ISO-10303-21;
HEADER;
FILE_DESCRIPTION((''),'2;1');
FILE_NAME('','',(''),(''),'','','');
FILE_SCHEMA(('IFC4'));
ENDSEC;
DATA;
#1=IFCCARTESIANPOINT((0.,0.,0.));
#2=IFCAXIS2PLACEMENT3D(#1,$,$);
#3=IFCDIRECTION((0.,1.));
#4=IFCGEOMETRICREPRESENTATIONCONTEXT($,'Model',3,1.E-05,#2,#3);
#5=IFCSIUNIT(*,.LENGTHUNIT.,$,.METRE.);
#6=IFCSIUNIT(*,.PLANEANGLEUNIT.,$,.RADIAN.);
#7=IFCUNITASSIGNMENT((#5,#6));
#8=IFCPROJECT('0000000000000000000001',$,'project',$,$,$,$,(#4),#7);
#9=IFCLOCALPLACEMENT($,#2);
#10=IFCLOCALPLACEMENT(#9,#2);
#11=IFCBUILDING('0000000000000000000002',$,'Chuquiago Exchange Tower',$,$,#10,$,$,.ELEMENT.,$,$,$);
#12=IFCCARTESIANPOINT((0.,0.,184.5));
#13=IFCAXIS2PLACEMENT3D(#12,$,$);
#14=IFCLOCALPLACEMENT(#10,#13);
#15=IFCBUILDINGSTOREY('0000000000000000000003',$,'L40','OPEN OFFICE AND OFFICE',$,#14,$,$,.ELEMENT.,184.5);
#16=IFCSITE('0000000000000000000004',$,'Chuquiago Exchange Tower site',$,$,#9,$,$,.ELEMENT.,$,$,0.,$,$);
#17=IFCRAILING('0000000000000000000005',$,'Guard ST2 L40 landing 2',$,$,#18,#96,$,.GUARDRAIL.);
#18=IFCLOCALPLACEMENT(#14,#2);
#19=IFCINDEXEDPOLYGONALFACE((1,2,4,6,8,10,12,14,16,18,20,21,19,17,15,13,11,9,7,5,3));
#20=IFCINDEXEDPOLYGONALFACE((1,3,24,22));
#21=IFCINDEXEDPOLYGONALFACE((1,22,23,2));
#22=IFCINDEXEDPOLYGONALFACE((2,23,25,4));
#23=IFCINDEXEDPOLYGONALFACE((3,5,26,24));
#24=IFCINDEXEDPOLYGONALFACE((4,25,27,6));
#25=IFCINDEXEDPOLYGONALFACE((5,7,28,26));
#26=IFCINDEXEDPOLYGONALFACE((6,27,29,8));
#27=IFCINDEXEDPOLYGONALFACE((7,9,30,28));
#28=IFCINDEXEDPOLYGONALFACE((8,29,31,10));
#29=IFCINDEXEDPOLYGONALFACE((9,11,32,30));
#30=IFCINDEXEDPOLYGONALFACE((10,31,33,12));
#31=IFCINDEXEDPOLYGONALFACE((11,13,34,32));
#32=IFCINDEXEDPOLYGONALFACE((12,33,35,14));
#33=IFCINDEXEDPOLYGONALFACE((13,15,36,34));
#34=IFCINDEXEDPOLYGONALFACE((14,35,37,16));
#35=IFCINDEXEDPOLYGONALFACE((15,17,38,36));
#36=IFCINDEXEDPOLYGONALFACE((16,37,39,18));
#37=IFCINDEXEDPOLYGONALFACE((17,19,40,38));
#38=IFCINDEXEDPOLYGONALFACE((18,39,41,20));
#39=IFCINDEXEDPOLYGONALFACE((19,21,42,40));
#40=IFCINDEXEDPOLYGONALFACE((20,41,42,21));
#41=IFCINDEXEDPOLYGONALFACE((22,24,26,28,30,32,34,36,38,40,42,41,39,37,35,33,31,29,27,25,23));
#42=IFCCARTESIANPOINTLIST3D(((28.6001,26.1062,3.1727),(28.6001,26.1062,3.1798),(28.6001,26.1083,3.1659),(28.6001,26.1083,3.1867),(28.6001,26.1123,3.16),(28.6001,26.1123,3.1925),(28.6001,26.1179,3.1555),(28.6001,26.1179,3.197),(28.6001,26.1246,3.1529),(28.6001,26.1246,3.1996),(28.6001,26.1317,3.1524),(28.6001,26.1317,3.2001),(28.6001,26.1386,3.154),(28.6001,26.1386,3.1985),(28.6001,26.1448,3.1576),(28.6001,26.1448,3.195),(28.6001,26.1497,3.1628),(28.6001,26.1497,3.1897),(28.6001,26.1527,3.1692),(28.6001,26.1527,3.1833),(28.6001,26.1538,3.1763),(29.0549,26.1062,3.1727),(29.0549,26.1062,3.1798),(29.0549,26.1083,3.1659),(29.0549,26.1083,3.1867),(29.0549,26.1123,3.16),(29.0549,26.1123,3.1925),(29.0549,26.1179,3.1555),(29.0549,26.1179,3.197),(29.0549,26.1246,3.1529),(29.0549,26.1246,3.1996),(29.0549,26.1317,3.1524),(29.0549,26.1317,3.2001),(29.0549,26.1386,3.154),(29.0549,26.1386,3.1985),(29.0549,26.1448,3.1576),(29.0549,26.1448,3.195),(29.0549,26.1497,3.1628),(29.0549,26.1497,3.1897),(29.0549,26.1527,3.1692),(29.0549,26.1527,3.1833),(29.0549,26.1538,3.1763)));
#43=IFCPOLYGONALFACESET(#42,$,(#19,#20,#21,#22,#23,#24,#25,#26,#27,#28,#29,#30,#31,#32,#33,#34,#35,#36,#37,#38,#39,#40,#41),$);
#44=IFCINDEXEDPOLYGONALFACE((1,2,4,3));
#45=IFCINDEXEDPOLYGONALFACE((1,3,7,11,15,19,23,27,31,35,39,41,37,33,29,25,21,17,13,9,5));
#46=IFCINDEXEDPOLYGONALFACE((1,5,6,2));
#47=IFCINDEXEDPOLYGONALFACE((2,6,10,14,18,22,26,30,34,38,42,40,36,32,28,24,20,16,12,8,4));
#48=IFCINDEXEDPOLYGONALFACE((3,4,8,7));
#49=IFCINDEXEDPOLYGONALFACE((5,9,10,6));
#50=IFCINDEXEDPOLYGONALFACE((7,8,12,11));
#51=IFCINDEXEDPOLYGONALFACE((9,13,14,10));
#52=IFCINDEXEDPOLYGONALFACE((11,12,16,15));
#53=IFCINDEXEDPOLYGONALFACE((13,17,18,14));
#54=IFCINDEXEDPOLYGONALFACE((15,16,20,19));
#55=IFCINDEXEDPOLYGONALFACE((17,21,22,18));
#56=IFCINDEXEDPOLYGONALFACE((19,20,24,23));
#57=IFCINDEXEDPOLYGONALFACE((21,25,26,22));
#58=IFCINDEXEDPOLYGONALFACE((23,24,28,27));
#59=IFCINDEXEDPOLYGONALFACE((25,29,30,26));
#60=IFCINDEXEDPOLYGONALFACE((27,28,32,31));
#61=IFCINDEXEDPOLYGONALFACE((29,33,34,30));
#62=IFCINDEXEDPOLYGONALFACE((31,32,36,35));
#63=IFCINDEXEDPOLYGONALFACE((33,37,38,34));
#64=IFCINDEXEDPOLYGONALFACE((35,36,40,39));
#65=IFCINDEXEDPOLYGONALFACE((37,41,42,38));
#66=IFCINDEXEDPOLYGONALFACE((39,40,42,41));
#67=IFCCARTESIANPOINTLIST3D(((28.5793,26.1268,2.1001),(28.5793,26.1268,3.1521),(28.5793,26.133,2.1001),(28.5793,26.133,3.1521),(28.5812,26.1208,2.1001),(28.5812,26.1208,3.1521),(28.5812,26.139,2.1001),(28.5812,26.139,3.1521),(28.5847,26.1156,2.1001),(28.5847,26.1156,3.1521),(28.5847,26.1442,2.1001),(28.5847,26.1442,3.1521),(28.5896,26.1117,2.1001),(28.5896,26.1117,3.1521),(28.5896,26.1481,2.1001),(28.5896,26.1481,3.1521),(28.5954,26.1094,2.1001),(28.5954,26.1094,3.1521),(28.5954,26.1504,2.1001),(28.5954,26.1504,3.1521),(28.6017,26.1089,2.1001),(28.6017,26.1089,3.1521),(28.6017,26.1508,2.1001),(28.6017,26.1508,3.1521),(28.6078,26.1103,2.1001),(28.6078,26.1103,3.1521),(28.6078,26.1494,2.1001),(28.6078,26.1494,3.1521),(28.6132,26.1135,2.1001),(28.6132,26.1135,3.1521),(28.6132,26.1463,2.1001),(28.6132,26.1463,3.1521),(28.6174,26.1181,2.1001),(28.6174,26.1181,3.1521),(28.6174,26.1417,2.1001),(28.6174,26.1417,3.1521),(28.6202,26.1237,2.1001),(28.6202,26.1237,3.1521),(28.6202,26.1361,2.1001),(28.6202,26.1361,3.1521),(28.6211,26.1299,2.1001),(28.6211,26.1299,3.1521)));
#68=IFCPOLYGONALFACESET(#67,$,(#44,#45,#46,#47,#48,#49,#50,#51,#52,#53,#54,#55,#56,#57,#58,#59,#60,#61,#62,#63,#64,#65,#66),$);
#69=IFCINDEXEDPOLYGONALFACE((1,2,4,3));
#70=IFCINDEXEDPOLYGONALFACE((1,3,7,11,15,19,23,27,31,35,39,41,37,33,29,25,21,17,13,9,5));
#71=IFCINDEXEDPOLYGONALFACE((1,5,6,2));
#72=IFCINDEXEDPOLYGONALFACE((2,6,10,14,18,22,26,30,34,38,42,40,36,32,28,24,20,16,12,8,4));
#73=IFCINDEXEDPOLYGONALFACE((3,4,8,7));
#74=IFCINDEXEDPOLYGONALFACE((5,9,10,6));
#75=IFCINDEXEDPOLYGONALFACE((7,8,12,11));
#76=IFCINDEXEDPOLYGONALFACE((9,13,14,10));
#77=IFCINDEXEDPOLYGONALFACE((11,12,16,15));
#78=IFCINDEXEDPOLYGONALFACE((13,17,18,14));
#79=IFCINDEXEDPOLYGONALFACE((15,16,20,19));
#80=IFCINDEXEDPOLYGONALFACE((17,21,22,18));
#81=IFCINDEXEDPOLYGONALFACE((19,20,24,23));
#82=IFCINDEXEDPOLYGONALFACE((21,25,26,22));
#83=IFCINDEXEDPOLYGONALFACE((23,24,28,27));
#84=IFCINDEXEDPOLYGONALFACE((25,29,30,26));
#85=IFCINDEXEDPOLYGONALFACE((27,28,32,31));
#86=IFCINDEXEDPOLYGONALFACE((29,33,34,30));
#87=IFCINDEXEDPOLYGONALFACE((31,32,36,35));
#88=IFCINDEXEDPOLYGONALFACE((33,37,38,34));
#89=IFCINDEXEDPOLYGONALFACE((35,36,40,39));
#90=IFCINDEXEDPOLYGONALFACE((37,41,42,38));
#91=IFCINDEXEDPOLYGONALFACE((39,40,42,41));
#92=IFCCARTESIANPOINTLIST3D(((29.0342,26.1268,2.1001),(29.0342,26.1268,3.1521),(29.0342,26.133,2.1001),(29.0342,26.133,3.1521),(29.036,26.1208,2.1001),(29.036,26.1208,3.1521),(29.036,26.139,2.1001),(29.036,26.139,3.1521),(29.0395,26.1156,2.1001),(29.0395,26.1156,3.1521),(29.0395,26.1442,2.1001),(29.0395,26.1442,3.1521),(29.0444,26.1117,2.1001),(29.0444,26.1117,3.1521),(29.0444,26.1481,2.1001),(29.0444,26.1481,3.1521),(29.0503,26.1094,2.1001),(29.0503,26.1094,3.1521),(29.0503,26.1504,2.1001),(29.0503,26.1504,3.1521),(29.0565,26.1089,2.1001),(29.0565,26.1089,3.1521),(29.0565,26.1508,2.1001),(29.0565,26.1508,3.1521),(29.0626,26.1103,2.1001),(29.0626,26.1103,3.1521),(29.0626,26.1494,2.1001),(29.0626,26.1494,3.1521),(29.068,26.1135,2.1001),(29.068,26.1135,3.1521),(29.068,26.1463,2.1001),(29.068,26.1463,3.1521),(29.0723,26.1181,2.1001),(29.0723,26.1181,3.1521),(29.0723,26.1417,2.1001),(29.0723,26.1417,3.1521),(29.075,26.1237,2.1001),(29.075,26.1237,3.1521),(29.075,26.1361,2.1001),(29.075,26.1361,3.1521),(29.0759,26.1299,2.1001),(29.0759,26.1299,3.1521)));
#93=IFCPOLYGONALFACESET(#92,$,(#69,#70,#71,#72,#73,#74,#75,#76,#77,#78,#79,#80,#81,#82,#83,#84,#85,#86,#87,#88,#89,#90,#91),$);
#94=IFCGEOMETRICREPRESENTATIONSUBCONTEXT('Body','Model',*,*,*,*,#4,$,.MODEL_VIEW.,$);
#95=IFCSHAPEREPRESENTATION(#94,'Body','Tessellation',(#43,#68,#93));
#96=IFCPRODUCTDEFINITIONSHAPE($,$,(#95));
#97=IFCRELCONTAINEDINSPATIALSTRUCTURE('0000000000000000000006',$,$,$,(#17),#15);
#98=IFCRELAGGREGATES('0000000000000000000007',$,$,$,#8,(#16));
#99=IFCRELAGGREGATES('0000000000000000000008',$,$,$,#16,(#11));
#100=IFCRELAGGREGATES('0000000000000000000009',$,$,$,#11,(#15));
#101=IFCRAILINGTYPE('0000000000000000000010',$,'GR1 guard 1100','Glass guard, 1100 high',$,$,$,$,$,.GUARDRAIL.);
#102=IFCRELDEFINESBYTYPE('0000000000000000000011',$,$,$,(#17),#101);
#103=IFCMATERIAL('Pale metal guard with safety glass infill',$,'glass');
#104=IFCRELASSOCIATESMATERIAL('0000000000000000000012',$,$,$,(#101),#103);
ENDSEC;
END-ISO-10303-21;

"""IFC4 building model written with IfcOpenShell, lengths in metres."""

from ifc_helpers import new_model, si_unit, direction, frame, origin, origin_2d, place, context, subcontext, project, spatial, circle, extrude, material, type_object, element, save


model = new_model("IFC4")

# Units and contexts
model_context = context("Model", 3, precision=1e-05, world=origin(), true_north=direction((0.0, 1.0)))
body_context = subcontext(model_context, "Body", "Model", "MODEL_VIEW")
ifc_project = project(units=[si_unit("LENGTHUNIT", "METRE"), si_unit("PLANEANGLEUNIT", "RADIAN")], contexts=[model_context])

# Site, building, storey
site_placement = place(None, origin())
site = spatial("IfcSite", under=ifc_project, at=site_placement, Name="Chuquiago Exchange Tower site", CompositionType="ELEMENT", RefElevation=0.0)
building_placement = place(site_placement, origin())
building = spatial("IfcBuilding", under=site, at=building_placement, Name="Chuquiago Exchange Tower", CompositionType="ELEMENT")
storey_placement = place(building_placement, frame((0.0, 0.0, 184.5)))
storey = spatial("IfcBuildingStorey", under=building, at=storey_placement, Name="L40", Description="OPEN OFFICE AND OFFICE", CompositionType="ELEMENT", Elevation=184.5)

# Railing
ifc_material_1 = material(Name="Pale metal guard with safety glass infill", Category="glass")
railing_type_1 = type_object("IfcRailingType", Name="GR1 guard 1100", Description="Glass guard, 1100 high", PredefinedType="GUARDRAIL", material=ifc_material_1)
railing_1_placement = place(storey_placement, frame((28.6001, 26.1299, 2.1001)))
element("IfcRailing", 1, at=railing_1_placement, inside=storey, type_object=railing_type_1, Name="Guard ST2 L40 landing 2", PredefinedType="GUARDRAIL", context=body_context, shape_type="SweptSolid", body=[
    extrude(circle(Radius=0.0239, at=origin_2d()), frame((0.0, 0.0, 1.0762), z_axis=(1.0, 0.0, 0.0), x_axis=(0.0, 1.0, 0.0)), (0.0, 0.0, 1.0), 0.4548),
    extrude(circle(Radius=0.021, at=origin_2d()), origin(), (0.0, 0.0, 1.0), 1.052),
    extrude(circle(Radius=0.021, at=origin_2d()), frame((0.4548, 0.0, 0.0)), (0.0, 0.0, 1.0), 1.052),
])

save(model, "model.ifc")
